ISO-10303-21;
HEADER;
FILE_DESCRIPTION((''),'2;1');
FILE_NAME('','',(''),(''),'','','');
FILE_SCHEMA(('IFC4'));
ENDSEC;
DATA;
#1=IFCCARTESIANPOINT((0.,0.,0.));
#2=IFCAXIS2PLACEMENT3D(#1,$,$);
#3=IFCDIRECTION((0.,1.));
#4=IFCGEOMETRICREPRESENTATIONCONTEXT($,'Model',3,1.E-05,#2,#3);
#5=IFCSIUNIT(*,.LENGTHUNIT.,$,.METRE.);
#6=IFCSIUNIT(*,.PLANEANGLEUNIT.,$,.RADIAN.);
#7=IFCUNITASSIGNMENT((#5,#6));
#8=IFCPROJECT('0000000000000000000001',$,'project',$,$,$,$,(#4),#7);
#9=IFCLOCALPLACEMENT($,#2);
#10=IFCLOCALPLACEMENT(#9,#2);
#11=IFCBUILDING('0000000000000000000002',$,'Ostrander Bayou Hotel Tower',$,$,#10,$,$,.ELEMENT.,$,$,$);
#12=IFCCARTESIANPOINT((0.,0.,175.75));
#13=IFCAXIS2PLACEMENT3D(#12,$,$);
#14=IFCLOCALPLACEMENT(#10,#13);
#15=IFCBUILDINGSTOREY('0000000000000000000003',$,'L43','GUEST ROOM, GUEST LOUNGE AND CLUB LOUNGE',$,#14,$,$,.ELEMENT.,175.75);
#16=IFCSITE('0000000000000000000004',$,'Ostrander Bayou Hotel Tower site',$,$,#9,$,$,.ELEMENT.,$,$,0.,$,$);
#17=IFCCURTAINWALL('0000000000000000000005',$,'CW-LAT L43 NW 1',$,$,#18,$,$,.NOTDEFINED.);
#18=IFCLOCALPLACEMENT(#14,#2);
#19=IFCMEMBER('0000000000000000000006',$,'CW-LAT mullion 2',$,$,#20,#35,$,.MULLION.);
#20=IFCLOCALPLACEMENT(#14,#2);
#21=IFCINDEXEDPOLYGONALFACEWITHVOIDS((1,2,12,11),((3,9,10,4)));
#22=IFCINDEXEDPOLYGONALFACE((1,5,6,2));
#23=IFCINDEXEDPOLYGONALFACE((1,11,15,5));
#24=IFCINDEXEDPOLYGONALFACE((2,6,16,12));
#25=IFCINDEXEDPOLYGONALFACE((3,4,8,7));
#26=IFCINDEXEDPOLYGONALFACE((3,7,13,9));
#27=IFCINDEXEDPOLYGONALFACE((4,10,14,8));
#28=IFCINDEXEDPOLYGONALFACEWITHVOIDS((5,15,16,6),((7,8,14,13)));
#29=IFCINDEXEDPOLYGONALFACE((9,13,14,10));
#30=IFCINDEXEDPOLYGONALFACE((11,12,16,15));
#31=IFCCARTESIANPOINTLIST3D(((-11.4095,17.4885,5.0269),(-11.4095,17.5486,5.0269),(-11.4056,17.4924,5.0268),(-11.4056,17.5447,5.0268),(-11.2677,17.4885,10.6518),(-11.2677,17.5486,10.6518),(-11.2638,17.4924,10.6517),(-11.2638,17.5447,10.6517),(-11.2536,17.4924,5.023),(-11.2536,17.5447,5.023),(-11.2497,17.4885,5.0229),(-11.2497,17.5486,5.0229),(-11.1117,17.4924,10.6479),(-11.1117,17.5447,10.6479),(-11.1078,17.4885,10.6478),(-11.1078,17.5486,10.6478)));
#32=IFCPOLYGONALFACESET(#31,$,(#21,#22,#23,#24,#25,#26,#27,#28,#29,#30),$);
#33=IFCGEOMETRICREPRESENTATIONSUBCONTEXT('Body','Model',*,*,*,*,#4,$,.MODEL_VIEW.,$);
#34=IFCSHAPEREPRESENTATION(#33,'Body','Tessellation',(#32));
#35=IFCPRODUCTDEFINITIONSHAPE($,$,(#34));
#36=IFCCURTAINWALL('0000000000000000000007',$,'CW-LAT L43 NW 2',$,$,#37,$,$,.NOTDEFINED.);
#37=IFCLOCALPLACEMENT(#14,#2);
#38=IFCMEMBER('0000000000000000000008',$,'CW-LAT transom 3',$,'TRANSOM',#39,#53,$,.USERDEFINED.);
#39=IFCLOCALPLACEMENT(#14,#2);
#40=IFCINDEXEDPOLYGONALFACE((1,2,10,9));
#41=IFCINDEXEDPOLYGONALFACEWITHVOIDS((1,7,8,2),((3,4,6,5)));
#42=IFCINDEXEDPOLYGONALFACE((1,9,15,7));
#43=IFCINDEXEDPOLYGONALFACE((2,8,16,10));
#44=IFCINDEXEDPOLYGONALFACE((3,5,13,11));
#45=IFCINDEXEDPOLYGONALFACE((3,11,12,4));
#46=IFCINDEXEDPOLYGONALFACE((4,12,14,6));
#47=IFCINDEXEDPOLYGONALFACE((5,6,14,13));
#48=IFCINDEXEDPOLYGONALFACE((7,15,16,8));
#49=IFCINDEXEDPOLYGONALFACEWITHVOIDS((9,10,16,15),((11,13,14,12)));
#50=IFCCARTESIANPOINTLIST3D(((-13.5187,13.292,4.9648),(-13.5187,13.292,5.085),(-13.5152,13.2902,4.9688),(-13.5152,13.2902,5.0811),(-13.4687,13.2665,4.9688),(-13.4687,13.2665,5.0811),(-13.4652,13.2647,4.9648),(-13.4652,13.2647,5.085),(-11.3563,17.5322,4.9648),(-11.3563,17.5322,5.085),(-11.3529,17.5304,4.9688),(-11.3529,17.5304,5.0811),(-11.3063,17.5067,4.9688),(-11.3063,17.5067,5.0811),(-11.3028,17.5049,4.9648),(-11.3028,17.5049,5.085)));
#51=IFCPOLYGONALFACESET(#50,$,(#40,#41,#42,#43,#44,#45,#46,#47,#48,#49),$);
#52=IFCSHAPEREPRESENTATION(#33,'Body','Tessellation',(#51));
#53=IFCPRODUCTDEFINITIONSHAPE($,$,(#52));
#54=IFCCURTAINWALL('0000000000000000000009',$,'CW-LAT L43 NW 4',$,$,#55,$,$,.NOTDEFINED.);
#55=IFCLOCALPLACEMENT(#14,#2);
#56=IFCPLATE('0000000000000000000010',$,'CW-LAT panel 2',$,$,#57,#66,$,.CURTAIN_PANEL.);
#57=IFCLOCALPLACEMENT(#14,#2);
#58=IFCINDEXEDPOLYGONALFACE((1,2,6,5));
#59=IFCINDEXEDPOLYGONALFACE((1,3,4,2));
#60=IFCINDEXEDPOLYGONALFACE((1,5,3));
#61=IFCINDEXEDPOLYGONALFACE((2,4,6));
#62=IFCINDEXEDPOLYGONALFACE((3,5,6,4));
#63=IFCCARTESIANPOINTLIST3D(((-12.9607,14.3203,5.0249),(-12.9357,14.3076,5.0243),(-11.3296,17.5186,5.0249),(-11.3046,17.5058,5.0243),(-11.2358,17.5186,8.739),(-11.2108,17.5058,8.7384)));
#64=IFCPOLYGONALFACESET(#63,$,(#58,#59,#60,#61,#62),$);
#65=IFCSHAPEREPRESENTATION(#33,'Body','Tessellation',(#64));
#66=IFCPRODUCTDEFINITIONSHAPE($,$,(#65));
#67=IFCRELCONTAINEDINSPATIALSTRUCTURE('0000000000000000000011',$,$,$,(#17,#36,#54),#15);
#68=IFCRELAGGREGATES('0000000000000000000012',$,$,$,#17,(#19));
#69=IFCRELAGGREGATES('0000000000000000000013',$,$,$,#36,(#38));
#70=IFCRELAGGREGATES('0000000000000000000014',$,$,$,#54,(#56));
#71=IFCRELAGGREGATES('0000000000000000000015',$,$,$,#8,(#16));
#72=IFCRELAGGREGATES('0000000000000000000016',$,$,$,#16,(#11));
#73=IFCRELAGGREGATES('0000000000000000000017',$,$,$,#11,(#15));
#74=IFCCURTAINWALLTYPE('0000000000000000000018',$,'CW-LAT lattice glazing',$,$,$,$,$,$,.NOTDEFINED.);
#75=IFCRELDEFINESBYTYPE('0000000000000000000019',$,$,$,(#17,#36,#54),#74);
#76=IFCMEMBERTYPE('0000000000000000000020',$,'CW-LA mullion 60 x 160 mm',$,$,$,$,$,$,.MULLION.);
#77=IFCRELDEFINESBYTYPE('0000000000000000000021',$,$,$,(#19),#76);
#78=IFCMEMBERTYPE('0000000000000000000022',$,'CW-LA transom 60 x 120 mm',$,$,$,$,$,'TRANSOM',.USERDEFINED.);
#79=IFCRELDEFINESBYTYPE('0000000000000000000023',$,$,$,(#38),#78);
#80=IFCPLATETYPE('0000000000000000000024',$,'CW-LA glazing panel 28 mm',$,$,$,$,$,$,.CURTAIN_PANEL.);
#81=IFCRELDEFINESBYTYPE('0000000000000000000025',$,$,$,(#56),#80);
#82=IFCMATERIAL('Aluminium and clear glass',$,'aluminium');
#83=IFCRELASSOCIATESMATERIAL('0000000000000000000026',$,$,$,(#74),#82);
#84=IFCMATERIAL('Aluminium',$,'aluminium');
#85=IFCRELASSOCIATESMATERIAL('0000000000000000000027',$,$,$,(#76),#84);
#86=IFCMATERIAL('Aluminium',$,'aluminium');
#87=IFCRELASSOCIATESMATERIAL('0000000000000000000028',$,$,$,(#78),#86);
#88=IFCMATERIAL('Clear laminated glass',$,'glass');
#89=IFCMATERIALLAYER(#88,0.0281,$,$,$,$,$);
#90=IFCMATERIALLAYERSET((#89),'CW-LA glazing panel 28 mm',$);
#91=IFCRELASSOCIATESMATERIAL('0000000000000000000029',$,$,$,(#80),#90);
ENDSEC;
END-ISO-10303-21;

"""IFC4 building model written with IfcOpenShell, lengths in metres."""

from ifc_helpers import new_model, si_unit, direction, frame, origin, origin_2d, place, context, subcontext, project, spatial, polyline, hollow_rectangle, outline, extrude, material, layer, layer_set, material_profile, profile_set, type_object, element, aggregate, save


model = new_model("IFC4")

# Units and contexts
model_context = context("Model", 3, precision=1e-05, world=origin(), true_north=direction((0.0, 1.0)))
body_context = subcontext(model_context, "Body", "Model", "MODEL_VIEW")
ifc_project = project(units=[si_unit("LENGTHUNIT", "METRE"), si_unit("PLANEANGLEUNIT", "RADIAN")], contexts=[model_context])

# Site, building, storey
site_placement = place(None, origin())
site = spatial("IfcSite", under=ifc_project, at=site_placement, Name="Ostrander Bayou Hotel Tower site", CompositionType="ELEMENT", RefElevation=0.0)
building_placement = place(site_placement, origin())
building = spatial("IfcBuilding", under=site, at=building_placement, Name="Ostrander Bayou Hotel Tower", CompositionType="ELEMENT")
storey_placement = place(building_placement, frame((0.0, 0.0, 175.75)))
storey = spatial("IfcBuildingStorey", under=building, at=storey_placement, Name="L43", Description="GUEST ROOM, GUEST LOUNGE AND CLUB LOUNGE", CompositionType="ELEMENT", Elevation=175.75)

# Curtain walls, members
ifc_material_1 = material(Name="Aluminium and clear glass", Category="aluminium")
curtain_wall_type = type_object("IfcCurtainWallType", Name="CW-LAT lattice glazing", PredefinedType="NOTDEFINED", material=ifc_material_1)
curtain_wall_1_placement = place(storey_placement, origin())
curtain_wall_1 = element("IfcCurtainWall", 1, at=curtain_wall_1_placement, inside=storey, type_object=curtain_wall_type, Name="CW-LAT L43 NW 1", PredefinedType="NOTDEFINED")
ifc_material_2 = material(Name="Aluminium", Category="aluminium")
ifc_material_profile_1 = material_profile(ifc_material_2, hollow_rectangle(XDim=0.0601, YDim=0.1599, WallThickness=0.0039, at=origin_2d()))
ifc_profile_set_1 = profile_set([ifc_material_profile_1], Name="Aluminium")
member_type_1 = type_object("IfcMemberType", Name="CW-LA mullion 60 x 160 mm", PredefinedType="MULLION", material=ifc_profile_set_1)
member_1_placement = place(storey_placement, frame((-11.3296, 17.5186, 5.0249), z_axis=(0.025209, 0.0, 0.999682), x_axis=(0.0, 1.0, 0.0)))
member_1 = element("IfcMember", 2, at=member_1_placement, type_object=member_type_1, Name="CW-LAT mullion 2", PredefinedType="MULLION", context=body_context, shape_type="SweptSolid", body=[
    extrude(hollow_rectangle(XDim=0.0601, YDim=0.1599, WallThickness=0.0039, at=origin_2d()), origin(), (0.0, 0.0, 1.0), 5.6267),
])
aggregate(curtain_wall_1, [member_1])
curtain_wall_2_placement = place(storey_placement, origin())
curtain_wall_2 = element("IfcCurtainWall", 3, at=curtain_wall_2_placement, inside=storey, type_object=curtain_wall_type, Name="CW-LAT L43 NW 2", PredefinedType="NOTDEFINED")
ifc_material_3 = material(Name="Aluminium", Category="aluminium")
ifc_material_profile_2 = material_profile(ifc_material_3, hollow_rectangle(XDim=0.0601, YDim=0.1201, WallThickness=0.0039, at=origin_2d()))
ifc_profile_set_2 = profile_set([ifc_material_profile_2], Name="Aluminium")
member_type_2 = type_object("IfcMemberType", Name="CW-LA transom 60 x 120 mm", ElementType="TRANSOM", PredefinedType="USERDEFINED", material=ifc_profile_set_2)
member_2_placement = place(storey_placement, frame((-11.3296, 17.5186, 5.0249), z_axis=(-0.454298, -0.89085, 0.0), x_axis=(0.89085, -0.454298, 0.0)))
member_2 = element("IfcMember", 4, at=member_2_placement, type_object=member_type_2, Name="CW-LAT transom 3", ObjectType="TRANSOM", PredefinedType="USERDEFINED", context=body_context, shape_type="SweptSolid", body=[
    extrude(hollow_rectangle(XDim=0.0601, YDim=0.1201, WallThickness=0.0039, at=origin_2d()), origin(), (0.0, 0.0, 1.0), 4.7598),
])
aggregate(curtain_wall_2, [member_2])

# Curtain wall, plate
curtain_wall_3_placement = place(storey_placement, origin())
curtain_wall_3 = element("IfcCurtainWall", 5, at=curtain_wall_3_placement, inside=storey, type_object=curtain_wall_type, Name="CW-LAT L43 NW 4", PredefinedType="NOTDEFINED")
ifc_material_4 = material(Name="Clear laminated glass", Category="glass")
ifc_layer_1 = layer(ifc_material_4, 0.0281)
ifc_layer_set_1 = layer_set([ifc_layer_1], Name="CW-LA glazing panel 28 mm")
plate_type = type_object("IfcPlateType", Name="CW-LA glazing panel 28 mm", PredefinedType="CURTAIN_PANEL", material=ifc_layer_set_1)
plate_placement = place(storey_placement, frame((-11.3296, 17.5186, 5.0249), z_axis=(-0.89061, 0.454211, 0.02248), x_axis=(0.025234, 0.0, 0.999682)))
plate = element("IfcPlate", 6, at=plate_placement, type_object=plate_type, Name="CW-LAT panel 2", PredefinedType="CURTAIN_PANEL", context=body_context, shape_type="SweptSolid", body=[
    extrude(outline(polyline([(0.0, 0.0), (3.7153, 0.0), (-0.0412, -3.5899), (0.0, 0.0)])), origin(), (0.0, 0.0, -1.0), 0.0281),
])
aggregate(curtain_wall_3, [plate])

save(model, "model.ifc")
